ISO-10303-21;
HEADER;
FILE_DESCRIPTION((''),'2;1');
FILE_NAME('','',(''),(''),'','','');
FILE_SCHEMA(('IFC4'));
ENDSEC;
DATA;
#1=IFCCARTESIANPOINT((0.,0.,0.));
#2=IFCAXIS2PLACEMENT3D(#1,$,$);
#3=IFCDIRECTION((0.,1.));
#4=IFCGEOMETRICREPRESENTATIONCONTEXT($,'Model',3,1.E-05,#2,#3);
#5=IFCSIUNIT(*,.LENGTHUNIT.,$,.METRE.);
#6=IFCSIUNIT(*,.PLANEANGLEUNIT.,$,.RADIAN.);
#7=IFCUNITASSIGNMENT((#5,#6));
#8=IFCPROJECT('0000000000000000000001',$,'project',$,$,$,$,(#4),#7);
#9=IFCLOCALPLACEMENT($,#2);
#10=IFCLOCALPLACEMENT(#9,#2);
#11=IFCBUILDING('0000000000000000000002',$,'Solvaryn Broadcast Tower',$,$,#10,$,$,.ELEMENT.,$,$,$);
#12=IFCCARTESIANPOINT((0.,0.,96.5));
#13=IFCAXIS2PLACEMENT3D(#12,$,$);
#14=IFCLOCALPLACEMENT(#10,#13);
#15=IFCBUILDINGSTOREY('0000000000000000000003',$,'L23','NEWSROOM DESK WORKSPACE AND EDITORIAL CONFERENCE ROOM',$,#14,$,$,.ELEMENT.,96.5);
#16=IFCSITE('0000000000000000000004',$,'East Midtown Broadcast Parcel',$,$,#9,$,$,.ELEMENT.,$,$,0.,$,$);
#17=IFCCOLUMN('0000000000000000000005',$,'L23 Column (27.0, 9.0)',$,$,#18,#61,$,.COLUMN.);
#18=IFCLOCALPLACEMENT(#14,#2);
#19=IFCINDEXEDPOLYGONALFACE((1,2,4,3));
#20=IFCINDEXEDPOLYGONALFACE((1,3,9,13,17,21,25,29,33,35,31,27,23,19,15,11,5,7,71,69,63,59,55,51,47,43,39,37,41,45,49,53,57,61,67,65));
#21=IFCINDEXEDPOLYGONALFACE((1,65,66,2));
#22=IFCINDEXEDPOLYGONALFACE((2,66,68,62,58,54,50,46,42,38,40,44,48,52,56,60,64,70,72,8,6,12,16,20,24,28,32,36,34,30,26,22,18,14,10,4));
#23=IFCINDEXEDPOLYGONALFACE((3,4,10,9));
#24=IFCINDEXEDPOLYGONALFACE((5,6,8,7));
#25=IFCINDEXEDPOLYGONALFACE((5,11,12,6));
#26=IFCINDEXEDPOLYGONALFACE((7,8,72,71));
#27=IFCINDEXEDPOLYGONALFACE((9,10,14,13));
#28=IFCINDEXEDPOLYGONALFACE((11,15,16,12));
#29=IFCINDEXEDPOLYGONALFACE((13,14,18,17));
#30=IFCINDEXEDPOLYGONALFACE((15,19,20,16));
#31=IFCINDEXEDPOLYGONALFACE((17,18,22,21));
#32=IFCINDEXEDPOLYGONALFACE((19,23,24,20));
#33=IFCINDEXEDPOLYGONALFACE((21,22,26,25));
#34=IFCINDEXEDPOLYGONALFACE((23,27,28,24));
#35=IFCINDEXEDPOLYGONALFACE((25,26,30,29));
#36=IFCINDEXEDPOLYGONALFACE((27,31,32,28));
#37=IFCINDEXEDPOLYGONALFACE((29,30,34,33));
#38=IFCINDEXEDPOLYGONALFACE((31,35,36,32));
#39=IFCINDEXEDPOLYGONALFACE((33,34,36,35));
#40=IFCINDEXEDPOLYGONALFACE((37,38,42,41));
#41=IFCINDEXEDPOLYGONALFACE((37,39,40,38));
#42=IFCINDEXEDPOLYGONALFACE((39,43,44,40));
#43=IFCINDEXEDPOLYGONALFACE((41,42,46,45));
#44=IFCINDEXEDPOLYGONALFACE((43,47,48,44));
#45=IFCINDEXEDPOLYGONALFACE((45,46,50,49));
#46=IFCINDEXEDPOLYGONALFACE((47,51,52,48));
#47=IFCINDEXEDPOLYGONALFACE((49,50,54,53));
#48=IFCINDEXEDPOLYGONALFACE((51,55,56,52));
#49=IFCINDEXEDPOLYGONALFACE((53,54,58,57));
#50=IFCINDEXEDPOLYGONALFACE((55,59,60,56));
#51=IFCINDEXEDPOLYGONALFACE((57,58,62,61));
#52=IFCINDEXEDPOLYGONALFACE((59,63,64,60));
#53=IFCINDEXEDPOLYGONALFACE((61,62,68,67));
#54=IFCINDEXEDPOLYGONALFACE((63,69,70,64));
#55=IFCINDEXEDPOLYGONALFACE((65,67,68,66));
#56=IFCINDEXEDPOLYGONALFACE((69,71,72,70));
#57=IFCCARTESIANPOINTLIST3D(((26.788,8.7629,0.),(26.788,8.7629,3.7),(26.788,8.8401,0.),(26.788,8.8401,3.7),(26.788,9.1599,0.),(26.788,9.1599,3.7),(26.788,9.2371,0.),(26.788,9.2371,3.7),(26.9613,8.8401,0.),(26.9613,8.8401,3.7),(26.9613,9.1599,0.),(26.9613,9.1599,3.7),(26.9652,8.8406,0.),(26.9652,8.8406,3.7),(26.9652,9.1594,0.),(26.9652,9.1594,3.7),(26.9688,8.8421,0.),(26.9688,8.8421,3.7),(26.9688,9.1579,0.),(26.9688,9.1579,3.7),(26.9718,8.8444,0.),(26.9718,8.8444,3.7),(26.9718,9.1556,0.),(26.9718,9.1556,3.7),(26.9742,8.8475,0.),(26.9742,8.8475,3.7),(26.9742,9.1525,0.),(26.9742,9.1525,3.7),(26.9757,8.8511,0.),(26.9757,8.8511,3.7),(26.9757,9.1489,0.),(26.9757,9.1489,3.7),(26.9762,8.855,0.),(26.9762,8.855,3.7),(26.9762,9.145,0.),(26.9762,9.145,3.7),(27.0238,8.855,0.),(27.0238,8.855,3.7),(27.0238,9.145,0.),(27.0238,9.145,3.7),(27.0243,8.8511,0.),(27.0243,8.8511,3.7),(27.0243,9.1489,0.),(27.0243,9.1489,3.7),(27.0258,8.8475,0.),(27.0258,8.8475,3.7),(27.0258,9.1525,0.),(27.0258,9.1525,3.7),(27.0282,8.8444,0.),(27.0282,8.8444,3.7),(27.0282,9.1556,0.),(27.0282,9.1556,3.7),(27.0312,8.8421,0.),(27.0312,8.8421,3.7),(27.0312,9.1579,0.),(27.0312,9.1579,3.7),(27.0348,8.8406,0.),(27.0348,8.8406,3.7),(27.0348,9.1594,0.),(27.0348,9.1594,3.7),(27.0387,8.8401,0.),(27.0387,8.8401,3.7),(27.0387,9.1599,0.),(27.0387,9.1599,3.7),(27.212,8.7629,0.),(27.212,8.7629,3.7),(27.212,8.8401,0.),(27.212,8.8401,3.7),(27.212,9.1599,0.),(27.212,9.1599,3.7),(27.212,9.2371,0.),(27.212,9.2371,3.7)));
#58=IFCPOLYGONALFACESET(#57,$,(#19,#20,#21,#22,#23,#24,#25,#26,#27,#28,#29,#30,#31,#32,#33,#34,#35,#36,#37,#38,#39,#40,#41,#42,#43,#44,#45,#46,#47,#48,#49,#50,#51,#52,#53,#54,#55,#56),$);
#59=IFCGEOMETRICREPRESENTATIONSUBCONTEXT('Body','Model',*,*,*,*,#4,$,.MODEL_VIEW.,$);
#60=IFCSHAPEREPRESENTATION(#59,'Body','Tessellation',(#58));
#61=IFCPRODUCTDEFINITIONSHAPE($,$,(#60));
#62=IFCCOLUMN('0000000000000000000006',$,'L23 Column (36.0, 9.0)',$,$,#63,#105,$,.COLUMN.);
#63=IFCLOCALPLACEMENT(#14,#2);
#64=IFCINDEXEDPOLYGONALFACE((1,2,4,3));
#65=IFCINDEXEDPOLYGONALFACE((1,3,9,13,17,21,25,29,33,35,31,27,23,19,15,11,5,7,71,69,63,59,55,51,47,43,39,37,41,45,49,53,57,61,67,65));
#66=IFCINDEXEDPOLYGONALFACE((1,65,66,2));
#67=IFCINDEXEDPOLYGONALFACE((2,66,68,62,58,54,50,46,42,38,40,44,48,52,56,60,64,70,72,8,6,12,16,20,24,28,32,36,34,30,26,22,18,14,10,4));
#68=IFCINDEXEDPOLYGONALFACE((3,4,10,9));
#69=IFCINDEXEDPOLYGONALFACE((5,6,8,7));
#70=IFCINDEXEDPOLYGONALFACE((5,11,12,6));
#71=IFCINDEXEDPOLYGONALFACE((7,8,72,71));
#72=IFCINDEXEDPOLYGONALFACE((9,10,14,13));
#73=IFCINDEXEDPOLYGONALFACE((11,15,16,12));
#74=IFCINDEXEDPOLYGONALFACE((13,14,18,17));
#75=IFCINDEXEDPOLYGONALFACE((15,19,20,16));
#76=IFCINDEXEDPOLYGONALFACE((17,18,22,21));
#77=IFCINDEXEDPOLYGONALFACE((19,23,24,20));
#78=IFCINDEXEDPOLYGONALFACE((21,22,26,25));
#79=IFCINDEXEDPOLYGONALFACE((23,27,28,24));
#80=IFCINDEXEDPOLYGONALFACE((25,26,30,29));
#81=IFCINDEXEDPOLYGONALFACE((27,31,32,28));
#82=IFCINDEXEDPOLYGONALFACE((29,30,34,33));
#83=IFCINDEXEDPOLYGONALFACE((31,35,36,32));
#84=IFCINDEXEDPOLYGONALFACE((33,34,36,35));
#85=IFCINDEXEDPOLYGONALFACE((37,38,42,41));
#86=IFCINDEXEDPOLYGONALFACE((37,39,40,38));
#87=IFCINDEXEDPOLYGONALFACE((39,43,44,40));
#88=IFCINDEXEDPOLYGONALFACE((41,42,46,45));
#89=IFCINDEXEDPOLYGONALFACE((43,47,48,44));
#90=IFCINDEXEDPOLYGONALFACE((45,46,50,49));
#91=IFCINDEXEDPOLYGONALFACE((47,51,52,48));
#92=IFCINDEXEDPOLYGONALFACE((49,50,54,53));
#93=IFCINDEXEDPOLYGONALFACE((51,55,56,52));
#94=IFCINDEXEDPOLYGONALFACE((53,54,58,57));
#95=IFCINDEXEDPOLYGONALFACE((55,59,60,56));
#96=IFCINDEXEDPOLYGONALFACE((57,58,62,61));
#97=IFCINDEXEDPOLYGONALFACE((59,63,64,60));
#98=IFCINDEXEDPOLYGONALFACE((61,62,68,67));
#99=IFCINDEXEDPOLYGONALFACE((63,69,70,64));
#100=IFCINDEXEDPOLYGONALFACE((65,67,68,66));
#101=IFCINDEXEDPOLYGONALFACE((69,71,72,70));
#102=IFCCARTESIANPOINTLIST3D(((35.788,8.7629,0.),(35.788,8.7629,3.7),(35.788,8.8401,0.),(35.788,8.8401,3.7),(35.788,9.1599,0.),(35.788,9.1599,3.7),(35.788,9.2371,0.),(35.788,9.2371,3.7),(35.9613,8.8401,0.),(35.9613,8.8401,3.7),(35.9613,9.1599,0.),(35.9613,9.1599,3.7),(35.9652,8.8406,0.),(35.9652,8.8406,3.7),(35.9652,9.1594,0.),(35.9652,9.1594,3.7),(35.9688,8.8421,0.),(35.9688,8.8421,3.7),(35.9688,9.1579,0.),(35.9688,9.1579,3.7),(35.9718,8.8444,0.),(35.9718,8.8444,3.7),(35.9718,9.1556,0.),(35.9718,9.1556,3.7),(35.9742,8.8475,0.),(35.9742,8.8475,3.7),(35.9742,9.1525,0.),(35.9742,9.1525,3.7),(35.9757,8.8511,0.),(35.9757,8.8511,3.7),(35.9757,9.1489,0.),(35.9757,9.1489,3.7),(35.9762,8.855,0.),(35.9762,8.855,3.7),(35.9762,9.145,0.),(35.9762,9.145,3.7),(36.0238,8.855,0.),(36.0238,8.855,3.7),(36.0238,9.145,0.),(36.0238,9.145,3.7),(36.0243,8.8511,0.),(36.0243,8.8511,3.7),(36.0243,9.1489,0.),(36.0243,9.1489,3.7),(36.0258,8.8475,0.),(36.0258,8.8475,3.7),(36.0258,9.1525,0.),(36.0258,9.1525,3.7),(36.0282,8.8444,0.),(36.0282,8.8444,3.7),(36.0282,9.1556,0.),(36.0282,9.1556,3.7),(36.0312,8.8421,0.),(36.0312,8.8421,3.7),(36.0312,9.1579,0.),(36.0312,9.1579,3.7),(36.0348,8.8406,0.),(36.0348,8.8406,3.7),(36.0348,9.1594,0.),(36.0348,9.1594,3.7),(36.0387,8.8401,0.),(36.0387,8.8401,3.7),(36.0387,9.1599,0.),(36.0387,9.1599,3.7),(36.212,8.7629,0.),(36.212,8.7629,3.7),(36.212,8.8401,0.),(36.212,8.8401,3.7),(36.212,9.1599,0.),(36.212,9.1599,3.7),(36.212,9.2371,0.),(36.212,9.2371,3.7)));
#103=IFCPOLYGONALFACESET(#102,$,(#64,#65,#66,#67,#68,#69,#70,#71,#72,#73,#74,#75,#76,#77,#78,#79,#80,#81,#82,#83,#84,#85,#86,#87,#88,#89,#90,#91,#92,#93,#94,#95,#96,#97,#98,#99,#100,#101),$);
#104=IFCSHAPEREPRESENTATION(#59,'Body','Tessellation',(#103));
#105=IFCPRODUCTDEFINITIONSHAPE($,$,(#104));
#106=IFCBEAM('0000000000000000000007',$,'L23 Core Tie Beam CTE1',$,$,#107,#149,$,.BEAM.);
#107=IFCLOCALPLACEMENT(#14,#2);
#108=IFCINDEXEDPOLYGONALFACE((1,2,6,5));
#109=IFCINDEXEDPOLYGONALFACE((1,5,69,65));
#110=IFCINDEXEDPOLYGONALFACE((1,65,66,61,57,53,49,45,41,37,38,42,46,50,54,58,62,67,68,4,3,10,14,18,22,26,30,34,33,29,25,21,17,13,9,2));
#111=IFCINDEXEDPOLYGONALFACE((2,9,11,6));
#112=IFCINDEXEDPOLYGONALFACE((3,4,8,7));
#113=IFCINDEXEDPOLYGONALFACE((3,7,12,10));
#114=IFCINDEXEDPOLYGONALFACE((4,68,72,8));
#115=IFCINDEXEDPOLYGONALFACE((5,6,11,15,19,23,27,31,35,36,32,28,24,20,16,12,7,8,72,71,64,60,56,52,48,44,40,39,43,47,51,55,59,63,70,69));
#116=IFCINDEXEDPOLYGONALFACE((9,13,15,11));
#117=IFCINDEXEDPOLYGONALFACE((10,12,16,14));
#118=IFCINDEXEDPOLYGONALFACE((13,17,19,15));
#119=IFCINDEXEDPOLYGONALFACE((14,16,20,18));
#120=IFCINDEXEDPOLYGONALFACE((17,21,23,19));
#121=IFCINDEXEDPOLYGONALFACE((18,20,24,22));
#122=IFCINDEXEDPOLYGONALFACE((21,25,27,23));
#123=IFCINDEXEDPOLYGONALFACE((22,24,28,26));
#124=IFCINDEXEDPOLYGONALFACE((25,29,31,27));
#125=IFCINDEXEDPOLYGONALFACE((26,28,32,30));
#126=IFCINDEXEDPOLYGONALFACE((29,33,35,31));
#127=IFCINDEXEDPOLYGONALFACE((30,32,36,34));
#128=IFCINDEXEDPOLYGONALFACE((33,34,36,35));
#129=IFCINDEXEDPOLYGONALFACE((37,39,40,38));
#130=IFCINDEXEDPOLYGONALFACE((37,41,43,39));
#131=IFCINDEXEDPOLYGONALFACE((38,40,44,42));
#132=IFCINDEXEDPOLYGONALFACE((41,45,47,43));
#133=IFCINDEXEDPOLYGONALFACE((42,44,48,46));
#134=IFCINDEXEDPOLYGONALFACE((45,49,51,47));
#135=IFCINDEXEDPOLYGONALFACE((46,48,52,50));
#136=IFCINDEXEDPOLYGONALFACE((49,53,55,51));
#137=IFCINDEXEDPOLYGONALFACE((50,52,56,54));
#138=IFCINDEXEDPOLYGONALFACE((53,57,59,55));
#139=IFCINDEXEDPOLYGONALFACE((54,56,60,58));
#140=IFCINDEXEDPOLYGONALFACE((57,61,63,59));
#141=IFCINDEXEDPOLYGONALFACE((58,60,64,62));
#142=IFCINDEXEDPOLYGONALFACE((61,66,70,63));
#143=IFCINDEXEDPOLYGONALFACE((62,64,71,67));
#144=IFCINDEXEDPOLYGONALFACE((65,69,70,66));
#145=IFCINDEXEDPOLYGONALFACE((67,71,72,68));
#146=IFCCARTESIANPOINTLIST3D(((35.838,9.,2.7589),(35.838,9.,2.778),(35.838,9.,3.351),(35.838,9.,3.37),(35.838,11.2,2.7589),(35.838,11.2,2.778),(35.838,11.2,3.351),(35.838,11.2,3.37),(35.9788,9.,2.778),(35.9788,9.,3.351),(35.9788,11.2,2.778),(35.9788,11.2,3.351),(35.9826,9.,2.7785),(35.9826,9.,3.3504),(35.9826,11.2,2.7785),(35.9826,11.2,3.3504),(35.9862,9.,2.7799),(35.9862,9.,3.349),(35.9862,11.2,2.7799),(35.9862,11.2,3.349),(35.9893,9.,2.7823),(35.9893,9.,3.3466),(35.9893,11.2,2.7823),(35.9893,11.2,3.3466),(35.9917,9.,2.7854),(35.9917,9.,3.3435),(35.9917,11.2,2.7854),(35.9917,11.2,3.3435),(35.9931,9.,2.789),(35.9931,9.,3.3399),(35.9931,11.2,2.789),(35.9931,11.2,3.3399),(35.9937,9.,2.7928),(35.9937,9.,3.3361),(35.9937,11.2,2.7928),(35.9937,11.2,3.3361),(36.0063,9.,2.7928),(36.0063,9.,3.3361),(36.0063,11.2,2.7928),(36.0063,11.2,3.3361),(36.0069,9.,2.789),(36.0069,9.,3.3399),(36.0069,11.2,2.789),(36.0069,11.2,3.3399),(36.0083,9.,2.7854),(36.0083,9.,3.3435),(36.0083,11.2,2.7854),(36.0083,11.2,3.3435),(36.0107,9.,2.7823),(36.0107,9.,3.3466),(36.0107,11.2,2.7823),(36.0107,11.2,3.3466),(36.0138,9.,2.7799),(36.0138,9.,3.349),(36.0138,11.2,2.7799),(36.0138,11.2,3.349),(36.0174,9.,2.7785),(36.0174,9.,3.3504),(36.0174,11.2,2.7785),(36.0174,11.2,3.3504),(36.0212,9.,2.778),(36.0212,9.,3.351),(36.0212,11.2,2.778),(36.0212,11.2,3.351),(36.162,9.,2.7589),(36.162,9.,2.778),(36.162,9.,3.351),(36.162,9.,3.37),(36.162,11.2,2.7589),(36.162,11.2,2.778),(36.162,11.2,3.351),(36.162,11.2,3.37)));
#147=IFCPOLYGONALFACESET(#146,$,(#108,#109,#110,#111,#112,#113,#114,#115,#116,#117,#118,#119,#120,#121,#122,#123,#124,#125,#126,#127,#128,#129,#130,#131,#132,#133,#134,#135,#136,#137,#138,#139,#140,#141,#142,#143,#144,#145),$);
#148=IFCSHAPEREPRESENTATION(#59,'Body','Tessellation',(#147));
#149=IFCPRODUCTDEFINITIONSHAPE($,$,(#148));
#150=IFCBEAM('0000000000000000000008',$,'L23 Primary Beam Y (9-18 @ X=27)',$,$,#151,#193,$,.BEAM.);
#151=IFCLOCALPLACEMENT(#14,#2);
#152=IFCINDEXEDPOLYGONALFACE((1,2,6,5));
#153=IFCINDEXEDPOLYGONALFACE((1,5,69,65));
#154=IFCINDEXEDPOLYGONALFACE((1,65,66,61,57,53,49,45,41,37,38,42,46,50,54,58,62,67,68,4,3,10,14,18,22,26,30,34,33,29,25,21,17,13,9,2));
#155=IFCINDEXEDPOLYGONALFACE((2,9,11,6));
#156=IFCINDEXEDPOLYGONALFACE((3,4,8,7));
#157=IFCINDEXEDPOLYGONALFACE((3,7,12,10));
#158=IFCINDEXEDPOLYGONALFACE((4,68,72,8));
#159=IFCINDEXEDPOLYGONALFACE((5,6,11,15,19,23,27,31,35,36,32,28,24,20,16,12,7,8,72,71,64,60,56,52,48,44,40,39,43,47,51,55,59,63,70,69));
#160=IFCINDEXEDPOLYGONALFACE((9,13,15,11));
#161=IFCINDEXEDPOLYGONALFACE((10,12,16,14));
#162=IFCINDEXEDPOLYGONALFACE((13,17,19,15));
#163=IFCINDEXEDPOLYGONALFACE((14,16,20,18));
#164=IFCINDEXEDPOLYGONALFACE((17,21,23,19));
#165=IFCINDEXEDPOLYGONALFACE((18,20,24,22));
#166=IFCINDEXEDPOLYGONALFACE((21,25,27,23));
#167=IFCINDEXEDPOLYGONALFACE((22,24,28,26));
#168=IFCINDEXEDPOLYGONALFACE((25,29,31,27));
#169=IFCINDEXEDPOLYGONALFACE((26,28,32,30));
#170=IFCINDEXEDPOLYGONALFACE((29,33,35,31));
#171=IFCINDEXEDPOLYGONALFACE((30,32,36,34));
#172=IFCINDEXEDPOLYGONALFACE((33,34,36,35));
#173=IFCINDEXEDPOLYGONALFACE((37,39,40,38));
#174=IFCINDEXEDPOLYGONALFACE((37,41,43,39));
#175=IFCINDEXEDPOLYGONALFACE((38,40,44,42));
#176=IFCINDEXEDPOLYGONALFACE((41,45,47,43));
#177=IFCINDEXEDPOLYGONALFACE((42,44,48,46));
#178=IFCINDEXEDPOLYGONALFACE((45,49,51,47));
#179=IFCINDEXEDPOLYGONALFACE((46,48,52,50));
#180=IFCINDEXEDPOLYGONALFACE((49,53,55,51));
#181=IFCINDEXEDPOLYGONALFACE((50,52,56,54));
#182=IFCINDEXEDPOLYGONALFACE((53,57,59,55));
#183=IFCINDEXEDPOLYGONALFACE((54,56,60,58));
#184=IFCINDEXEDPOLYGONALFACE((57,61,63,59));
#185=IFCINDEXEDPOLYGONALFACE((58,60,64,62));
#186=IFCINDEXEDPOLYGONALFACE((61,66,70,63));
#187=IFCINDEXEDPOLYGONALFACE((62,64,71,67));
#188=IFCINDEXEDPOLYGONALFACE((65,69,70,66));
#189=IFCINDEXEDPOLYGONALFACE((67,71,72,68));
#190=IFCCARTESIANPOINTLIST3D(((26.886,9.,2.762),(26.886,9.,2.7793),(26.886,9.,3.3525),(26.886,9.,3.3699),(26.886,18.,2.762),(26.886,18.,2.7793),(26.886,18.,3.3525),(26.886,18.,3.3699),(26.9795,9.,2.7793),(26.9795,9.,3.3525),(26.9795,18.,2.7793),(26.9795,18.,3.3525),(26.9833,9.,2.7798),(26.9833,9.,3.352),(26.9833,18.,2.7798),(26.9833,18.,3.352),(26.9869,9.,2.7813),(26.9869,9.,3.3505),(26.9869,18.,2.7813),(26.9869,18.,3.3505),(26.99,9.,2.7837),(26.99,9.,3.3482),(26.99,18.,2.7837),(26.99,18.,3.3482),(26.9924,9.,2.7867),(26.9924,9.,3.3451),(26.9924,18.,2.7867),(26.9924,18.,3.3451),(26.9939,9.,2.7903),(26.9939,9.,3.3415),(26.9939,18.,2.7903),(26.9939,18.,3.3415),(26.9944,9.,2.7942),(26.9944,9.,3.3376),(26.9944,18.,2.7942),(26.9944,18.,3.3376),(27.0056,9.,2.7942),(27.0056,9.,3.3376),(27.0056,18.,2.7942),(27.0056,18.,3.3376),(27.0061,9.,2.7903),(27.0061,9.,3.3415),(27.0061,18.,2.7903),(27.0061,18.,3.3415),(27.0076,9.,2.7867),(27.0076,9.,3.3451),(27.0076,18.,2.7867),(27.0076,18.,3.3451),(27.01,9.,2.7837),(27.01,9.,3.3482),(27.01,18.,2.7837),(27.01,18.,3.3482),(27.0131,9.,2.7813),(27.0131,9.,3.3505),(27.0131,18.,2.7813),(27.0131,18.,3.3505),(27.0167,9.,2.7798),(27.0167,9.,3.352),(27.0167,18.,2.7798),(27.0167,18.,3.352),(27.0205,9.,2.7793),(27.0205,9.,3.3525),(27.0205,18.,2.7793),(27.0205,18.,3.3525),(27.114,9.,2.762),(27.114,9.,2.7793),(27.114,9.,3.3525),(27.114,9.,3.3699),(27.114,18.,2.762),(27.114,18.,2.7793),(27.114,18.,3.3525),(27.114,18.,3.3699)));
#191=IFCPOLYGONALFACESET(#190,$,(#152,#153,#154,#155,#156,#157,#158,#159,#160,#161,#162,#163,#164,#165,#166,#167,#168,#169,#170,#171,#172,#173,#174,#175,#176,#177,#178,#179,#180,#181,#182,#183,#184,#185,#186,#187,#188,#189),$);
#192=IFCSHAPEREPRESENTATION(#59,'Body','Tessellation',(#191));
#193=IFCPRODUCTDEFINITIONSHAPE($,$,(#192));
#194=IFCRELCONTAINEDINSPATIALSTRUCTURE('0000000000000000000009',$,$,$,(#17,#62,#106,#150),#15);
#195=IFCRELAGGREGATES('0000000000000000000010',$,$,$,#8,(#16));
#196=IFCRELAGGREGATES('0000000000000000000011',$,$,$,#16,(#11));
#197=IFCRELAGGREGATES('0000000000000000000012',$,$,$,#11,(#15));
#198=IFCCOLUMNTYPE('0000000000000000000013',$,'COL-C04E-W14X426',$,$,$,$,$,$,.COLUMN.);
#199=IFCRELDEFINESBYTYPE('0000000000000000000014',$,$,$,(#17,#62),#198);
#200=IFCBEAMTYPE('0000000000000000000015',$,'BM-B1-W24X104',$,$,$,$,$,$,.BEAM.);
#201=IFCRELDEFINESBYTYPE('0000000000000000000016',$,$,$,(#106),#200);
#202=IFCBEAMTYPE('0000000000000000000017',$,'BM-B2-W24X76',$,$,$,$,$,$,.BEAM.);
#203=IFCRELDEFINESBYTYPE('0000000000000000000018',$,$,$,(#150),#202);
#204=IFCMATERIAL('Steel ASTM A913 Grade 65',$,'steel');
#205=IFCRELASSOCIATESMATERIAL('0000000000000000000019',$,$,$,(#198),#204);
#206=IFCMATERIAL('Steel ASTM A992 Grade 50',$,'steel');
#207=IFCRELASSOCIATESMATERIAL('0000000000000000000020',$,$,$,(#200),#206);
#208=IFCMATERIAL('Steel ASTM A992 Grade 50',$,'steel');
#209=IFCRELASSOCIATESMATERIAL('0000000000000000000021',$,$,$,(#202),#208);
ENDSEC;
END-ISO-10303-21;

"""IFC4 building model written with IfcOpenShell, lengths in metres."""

from ifc_helpers import new_model, si_unit, direction, frame, origin, origin_2d, place, context, subcontext, project, spatial, i_section, extrude, material, material_profile, profile_set, type_object, element, save


model = new_model("IFC4")

# Units and contexts
model_context = context("Model", 3, precision=1e-05, world=origin(), true_north=direction((0.0, 1.0)))
body_context = subcontext(model_context, "Body", "Model", "MODEL_VIEW")
ifc_project = project(units=[si_unit("LENGTHUNIT", "METRE"), si_unit("PLANEANGLEUNIT", "RADIAN")], contexts=[model_context])

# Site, building, storey
site_placement = place(None, origin())
site = spatial("IfcSite", under=ifc_project, at=site_placement, Name="East Midtown Broadcast Parcel", CompositionType="ELEMENT", RefElevation=0.0)
building_placement = place(site_placement, origin())
building = spatial("IfcBuilding", under=site, at=building_placement, Name="Solvaryn Broadcast Tower", CompositionType="ELEMENT")
storey_placement = place(building_placement, frame((0.0, 0.0, 96.5)))
storey = spatial("IfcBuildingStorey", under=building, at=storey_placement, Name="L23", Description="NEWSROOM DESK WORKSPACE AND EDITORIAL CONFERENCE ROOM", CompositionType="ELEMENT", Elevation=96.5)

# Columns
ifc_material_1 = material(Name="Steel ASTM A913 Grade 65", Category="steel")
ifc_material_profile_1 = material_profile(ifc_material_1, i_section(OverallWidth=0.4241, OverallDepth=0.4741, WebThickness=0.0476, FlangeThickness=0.0771, FilletRadius=0.0149, at=origin_2d()))
ifc_profile_set_1 = profile_set([ifc_material_profile_1], Name="Steel ASTM A913 Grade 65")
column_type = type_object("IfcColumnType", Name="COL-C04E-W14X426", PredefinedType="COLUMN", material=ifc_profile_set_1)
for number, where, z_axis, x_axis, name in (
    (1, (27.0, 9.0, 0.0), (0.0, 0.0, 1.0), (1.0, 0.0, 0.0), "L23 Column (27.0, 9.0)"),
    (2, (36.0, 9.0, 0.0), (0.0, 0.0, 1.0), (1.0, 0.0, 0.0), "L23 Column (36.0, 9.0)"),
):
    element("IfcColumn", number, at=place(storey_placement, frame(where, z_axis=z_axis, x_axis=x_axis)), inside=storey, type_object=column_type, Name=name, PredefinedType="COLUMN", context=body_context, shape_type="SweptSolid", body=[
        extrude(i_section(OverallWidth=0.4241, OverallDepth=0.4741, WebThickness=0.0476, FlangeThickness=0.0771, FilletRadius=0.0149, at=origin_2d()), origin(), (0.0, 0.0, 1.0), 3.7),
    ])

# Beams
ifc_material_2 = material(Name="Steel ASTM A992 Grade 50", Category="steel")
ifc_material_profile_2 = material_profile(ifc_material_2, i_section(OverallWidth=0.324, OverallDepth=0.6111, WebThickness=0.0127, FlangeThickness=0.019, FilletRadius=0.0149, at=origin_2d()))
ifc_profile_set_2 = profile_set([ifc_material_profile_2], Name="Steel ASTM A992 Grade 50")
beam_type_1 = type_object("IfcBeamType", Name="BM-B1-W24X104", PredefinedType="BEAM", material=ifc_profile_set_2)
beam_1_placement = place(storey_placement, frame((36.0, 9.0, 3.0645), z_axis=(0.0, 1.0, 0.0), x_axis=(-1.0, 0.0, 0.0)))
element("IfcBeam", 3, at=beam_1_placement, inside=storey, type_object=beam_type_1, Name="L23 Core Tie Beam CTE1", PredefinedType="BEAM", context=body_context, shape_type="SweptSolid", body=[
    extrude(i_section(OverallWidth=0.324, OverallDepth=0.6111, WebThickness=0.0127, FlangeThickness=0.019, FilletRadius=0.0149, at=origin_2d()), origin(), (0.0, 0.0, 1.0), 2.2),
])
ifc_material_3 = material(Name="Steel ASTM A992 Grade 50", Category="steel")
ifc_material_profile_3 = material_profile(ifc_material_3, i_section(OverallWidth=0.228, OverallDepth=0.6079, WebThickness=0.0112, FlangeThickness=0.0173, FilletRadius=0.0149, at=origin_2d()))
ifc_profile_set_3 = profile_set([ifc_material_profile_3], Name="Steel ASTM A992 Grade 50")
beam_type_2 = type_object("IfcBeamType", Name="BM-B2-W24X76", PredefinedType="BEAM", material=ifc_profile_set_3)
beam_2_placement = place(storey_placement, frame((27.0, 9.0, 3.0659), z_axis=(0.0, 1.0, 0.0), x_axis=(-1.0, 0.0, 0.0)))
element("IfcBeam", 4, at=beam_2_placement, inside=storey, type_object=beam_type_2, Name="L23 Primary Beam Y (9-18 @ X=27)", PredefinedType="BEAM", context=body_context, shape_type="SweptSolid", body=[
    extrude(i_section(OverallWidth=0.228, OverallDepth=0.6079, WebThickness=0.0112, FlangeThickness=0.0173, FilletRadius=0.0149, at=origin_2d()), origin(), (0.0, 0.0, 1.0), 9.0),
])

save(model, "model.ifc")
